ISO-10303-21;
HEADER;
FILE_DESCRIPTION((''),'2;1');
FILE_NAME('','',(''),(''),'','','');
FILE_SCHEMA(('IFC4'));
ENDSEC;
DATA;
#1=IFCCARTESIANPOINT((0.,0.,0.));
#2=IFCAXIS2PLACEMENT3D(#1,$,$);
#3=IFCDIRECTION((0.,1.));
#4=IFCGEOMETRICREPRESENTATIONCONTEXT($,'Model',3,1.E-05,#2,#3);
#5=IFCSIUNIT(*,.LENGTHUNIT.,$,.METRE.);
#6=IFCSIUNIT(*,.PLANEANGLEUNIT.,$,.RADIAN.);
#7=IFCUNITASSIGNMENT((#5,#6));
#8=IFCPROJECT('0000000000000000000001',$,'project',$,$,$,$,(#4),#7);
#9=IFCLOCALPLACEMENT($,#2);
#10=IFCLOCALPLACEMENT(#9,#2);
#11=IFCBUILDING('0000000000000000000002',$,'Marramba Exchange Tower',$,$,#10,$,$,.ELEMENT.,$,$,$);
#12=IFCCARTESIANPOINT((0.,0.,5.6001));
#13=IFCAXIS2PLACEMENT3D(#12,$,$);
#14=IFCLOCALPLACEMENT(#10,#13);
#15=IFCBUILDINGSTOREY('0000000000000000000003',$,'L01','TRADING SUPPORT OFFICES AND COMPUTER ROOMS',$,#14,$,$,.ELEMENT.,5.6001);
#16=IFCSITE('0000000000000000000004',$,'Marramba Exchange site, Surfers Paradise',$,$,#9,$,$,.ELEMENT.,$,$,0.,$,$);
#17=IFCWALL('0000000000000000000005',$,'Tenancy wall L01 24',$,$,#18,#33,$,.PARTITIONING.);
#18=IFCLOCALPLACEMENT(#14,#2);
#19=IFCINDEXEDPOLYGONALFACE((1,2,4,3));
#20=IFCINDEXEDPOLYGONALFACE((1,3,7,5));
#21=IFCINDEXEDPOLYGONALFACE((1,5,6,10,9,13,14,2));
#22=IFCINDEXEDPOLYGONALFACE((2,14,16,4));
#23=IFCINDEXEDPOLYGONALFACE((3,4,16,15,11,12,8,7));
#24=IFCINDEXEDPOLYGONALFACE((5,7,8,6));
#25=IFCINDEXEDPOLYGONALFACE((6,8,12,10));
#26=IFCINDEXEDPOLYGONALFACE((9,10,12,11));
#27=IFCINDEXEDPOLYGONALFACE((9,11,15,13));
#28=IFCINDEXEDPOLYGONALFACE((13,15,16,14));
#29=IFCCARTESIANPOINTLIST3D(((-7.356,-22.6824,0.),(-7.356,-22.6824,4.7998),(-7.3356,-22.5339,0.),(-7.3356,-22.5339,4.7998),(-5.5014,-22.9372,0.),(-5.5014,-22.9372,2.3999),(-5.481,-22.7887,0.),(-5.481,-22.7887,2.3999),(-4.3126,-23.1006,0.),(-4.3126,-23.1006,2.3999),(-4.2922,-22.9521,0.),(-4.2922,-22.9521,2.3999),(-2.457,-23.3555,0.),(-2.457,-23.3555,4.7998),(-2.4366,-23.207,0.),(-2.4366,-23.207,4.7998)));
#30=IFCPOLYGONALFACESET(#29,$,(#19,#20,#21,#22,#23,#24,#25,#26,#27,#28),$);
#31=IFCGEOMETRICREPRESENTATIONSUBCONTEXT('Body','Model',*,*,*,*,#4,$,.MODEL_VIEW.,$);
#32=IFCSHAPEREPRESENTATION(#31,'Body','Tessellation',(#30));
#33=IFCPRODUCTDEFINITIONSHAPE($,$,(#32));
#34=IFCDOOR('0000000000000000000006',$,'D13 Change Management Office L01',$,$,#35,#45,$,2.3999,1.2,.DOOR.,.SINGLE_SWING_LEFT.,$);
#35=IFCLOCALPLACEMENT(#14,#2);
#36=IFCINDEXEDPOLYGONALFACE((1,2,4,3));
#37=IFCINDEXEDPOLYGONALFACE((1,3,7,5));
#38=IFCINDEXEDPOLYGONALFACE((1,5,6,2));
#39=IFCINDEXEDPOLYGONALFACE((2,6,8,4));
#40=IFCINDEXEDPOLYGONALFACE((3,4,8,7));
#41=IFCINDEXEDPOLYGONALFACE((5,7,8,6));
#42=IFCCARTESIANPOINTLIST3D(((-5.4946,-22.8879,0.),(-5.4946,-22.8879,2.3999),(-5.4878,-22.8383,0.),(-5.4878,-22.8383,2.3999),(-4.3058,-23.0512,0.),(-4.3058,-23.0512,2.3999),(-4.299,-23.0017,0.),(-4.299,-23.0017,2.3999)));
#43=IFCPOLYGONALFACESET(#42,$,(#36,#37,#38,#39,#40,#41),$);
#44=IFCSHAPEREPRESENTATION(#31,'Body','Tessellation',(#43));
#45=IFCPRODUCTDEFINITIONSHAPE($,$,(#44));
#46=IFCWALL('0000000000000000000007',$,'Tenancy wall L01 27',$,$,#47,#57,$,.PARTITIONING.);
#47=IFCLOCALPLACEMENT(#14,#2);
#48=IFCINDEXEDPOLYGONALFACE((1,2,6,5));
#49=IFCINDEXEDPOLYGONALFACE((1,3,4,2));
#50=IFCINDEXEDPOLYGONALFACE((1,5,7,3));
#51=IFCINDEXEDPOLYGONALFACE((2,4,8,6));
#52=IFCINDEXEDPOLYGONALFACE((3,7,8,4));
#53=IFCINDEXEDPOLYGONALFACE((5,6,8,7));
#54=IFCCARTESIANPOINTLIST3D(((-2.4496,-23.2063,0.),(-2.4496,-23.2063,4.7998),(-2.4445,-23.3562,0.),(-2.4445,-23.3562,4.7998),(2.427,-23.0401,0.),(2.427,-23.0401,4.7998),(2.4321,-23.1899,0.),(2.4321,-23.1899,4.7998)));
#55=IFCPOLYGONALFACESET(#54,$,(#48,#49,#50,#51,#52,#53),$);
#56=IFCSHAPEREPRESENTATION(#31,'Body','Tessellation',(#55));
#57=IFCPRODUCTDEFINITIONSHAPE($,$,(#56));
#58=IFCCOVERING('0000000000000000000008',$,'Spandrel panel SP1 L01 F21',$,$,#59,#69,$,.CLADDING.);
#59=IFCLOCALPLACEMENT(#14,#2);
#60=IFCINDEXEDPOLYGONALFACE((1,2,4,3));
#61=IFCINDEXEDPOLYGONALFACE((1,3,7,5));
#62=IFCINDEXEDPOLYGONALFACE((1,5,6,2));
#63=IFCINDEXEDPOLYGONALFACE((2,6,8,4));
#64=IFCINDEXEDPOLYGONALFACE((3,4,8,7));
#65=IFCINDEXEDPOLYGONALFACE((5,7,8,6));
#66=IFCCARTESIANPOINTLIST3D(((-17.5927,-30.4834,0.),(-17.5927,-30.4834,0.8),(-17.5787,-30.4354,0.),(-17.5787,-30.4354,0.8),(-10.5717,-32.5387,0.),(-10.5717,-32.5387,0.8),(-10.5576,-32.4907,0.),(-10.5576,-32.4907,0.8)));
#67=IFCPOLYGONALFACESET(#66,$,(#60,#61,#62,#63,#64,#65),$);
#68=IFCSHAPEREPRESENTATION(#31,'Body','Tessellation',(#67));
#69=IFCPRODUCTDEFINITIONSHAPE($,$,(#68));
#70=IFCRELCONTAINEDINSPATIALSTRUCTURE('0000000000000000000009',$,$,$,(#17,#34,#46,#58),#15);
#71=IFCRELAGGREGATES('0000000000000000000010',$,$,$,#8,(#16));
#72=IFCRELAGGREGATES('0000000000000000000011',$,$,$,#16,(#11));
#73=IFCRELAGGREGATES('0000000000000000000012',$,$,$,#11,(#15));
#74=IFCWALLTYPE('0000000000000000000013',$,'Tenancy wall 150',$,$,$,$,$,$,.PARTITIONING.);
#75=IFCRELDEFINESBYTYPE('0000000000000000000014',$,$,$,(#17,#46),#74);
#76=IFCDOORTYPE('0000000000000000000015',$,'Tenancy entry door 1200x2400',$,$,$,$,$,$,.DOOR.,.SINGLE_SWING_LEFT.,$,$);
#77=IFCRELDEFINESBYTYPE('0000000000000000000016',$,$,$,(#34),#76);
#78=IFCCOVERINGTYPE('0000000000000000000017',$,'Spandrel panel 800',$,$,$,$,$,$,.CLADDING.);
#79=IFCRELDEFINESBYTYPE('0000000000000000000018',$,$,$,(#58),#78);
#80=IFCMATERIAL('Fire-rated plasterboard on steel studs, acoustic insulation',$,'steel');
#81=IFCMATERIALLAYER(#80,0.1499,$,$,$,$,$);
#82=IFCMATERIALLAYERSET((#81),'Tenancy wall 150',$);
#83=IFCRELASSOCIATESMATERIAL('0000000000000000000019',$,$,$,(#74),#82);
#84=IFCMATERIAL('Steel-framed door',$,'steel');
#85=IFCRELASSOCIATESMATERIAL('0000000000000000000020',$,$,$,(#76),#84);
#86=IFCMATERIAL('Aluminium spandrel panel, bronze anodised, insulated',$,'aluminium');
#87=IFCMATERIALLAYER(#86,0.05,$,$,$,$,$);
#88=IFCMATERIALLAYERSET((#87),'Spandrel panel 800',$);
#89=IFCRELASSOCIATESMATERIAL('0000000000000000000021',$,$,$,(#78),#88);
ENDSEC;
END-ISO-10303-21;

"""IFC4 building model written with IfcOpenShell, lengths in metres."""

from ifc_helpers import new_model, si_unit, direction, frame, frame_2d, origin, origin_2d, place, context, subcontext, project, spatial, rectangle, extrude, material, layer, layer_set, type_object, element, fill, save


model = new_model("IFC4")

# Units and contexts
model_context = context("Model", 3, precision=1e-05, world=origin(), true_north=direction((0.0, 1.0)))
body_context = subcontext(model_context, "Body", "Model", "MODEL_VIEW")
ifc_project = project(units=[si_unit("LENGTHUNIT", "METRE"), si_unit("PLANEANGLEUNIT", "RADIAN")], contexts=[model_context])

# Site, building, storey
site_placement = place(None, origin())
site = spatial("IfcSite", under=ifc_project, at=site_placement, Name="Marramba Exchange site, Surfers Paradise", CompositionType="ELEMENT", RefElevation=0.0)
building_placement = place(site_placement, origin())
building = spatial("IfcBuilding", under=site, at=building_placement, Name="Marramba Exchange Tower", CompositionType="ELEMENT")
storey_placement = place(building_placement, frame((0.0, 0.0, 5.6001)))
storey = spatial("IfcBuildingStorey", under=building, at=storey_placement, Name="L01", Description="TRADING SUPPORT OFFICES AND COMPUTER ROOMS", CompositionType="ELEMENT", Elevation=5.6001)

# Shared definitions
ifc_material_1 = material(Name="Fire-rated plasterboard on steel studs, acoustic insulation", Category="steel")
ifc_layer_1 = layer(ifc_material_1, 0.1499)
ifc_layer_set_1 = layer_set([ifc_layer_1], Name="Tenancy wall 150")
wall_type_1 = type_object("IfcWallType", Name="Tenancy wall 150", PredefinedType="PARTITIONING", material=ifc_layer_set_1)

# Wall, opening, door
wall_1_placement = place(storey_placement, frame((-7.3459, -22.6082, 0.0), z_axis=(0.0, 0.0, 1.0), x_axis=(0.990693, -0.136118, 0.0)))
wall_1 = element("IfcWall", 1, at=wall_1_placement, inside=storey, type_object=wall_type_1, Name="Tenancy wall L01 24", PredefinedType="PARTITIONING", context=body_context, shape_type="SweptSolid", body=[
    extrude(rectangle(XDim=4.9451, YDim=0.1499, at=frame_2d((2.4727, 0.0))), origin(), (0.0, 0.0, 1.0), 4.7998),
])
opening_1_placement = place(wall_1_placement, frame((1.8721, 0.0, 0.0)))
opening_1 = element("IfcOpeningElement", 2, at=opening_1_placement, cuts=wall_1, PredefinedType="OPENING", context=body_context, shape_type="SweptSolid", body=[
    extrude(rectangle(XDim=1.2, YDim=2.3999, at=frame_2d((0.6001, 1.2))), frame((0.0, 0.085, 0.0), z_axis=(0.0, -1.0, 0.0), x_axis=(1.0, 0.0, 0.0)), (0.0, 0.0, 1.0), 0.1699),
])
ifc_material_2 = material(Name="Steel-framed door", Category="steel")
door_type_1 = type_object("IfcDoorType", Name="Tenancy entry door 1200x2400", OperationType="SINGLE_SWING_LEFT", PredefinedType="DOOR", material=ifc_material_2)
door_1_placement = place(opening_1_placement, origin())
door_1 = element("IfcDoor", 3, at=door_1_placement, inside=storey, type_object=door_type_1, Name="D13 Change Management Office L01", OperationType="SINGLE_SWING_LEFT", OverallHeight=2.3999, OverallWidth=1.2, PredefinedType="DOOR", context=body_context, shape_type="SweptSolid", body=[
    extrude(rectangle(XDim=1.2, YDim=2.3999, at=frame_2d((0.6001, 1.2))), frame((0.0, 0.0249, 0.0), z_axis=(0.0, -1.0, 0.0), x_axis=(1.0, 0.0, 0.0)), (0.0, 0.0, 1.0), 0.05),
])
fill(opening_1, door_1)

# Wall
wall_2_placement = place(storey_placement, frame((-2.447, -23.2812, 0.0), z_axis=(0.0, 0.0, 1.0), x_axis=(0.999419, 0.034075, 0.0)))
element("IfcWall", 4, at=wall_2_placement, inside=storey, type_object=wall_type_1, Name="Tenancy wall L01 27", PredefinedType="PARTITIONING", context=body_context, shape_type="SweptSolid", body=[
    extrude(rectangle(XDim=4.8794, YDim=0.1499, at=frame_2d((2.4397, 0.0))), origin(), (0.0, 0.0, 1.0), 4.7998),
])

# Covering
ifc_material_3 = material(Name="Aluminium spandrel panel, bronze anodised, insulated", Category="aluminium")
ifc_layer_2 = layer(ifc_material_3, 0.05)
ifc_layer_set_2 = layer_set([ifc_layer_2], Name="Spandrel panel 800")
covering_type = type_object("IfcCoveringType", Name="Spandrel panel 800", PredefinedType="CLADDING", material=ifc_layer_set_2)
covering_placement = place(storey_placement, frame((-14.0752, -31.4871, 0.0), z_axis=(0.0, 0.0, 1.0), x_axis=(0.959725, -0.28094, 0.0)))
element("IfcCovering", 5, at=covering_placement, inside=storey, type_object=covering_type, Name="Spandrel panel SP1 L01 F21", PredefinedType="CLADDING", context=body_context, shape_type="SweptSolid", body=[
    extrude(rectangle(XDim=7.3157, YDim=0.05, at=origin_2d()), origin(), (0.0, 0.0, 1.0), 0.8),
])

save(model, "model.ifc")
